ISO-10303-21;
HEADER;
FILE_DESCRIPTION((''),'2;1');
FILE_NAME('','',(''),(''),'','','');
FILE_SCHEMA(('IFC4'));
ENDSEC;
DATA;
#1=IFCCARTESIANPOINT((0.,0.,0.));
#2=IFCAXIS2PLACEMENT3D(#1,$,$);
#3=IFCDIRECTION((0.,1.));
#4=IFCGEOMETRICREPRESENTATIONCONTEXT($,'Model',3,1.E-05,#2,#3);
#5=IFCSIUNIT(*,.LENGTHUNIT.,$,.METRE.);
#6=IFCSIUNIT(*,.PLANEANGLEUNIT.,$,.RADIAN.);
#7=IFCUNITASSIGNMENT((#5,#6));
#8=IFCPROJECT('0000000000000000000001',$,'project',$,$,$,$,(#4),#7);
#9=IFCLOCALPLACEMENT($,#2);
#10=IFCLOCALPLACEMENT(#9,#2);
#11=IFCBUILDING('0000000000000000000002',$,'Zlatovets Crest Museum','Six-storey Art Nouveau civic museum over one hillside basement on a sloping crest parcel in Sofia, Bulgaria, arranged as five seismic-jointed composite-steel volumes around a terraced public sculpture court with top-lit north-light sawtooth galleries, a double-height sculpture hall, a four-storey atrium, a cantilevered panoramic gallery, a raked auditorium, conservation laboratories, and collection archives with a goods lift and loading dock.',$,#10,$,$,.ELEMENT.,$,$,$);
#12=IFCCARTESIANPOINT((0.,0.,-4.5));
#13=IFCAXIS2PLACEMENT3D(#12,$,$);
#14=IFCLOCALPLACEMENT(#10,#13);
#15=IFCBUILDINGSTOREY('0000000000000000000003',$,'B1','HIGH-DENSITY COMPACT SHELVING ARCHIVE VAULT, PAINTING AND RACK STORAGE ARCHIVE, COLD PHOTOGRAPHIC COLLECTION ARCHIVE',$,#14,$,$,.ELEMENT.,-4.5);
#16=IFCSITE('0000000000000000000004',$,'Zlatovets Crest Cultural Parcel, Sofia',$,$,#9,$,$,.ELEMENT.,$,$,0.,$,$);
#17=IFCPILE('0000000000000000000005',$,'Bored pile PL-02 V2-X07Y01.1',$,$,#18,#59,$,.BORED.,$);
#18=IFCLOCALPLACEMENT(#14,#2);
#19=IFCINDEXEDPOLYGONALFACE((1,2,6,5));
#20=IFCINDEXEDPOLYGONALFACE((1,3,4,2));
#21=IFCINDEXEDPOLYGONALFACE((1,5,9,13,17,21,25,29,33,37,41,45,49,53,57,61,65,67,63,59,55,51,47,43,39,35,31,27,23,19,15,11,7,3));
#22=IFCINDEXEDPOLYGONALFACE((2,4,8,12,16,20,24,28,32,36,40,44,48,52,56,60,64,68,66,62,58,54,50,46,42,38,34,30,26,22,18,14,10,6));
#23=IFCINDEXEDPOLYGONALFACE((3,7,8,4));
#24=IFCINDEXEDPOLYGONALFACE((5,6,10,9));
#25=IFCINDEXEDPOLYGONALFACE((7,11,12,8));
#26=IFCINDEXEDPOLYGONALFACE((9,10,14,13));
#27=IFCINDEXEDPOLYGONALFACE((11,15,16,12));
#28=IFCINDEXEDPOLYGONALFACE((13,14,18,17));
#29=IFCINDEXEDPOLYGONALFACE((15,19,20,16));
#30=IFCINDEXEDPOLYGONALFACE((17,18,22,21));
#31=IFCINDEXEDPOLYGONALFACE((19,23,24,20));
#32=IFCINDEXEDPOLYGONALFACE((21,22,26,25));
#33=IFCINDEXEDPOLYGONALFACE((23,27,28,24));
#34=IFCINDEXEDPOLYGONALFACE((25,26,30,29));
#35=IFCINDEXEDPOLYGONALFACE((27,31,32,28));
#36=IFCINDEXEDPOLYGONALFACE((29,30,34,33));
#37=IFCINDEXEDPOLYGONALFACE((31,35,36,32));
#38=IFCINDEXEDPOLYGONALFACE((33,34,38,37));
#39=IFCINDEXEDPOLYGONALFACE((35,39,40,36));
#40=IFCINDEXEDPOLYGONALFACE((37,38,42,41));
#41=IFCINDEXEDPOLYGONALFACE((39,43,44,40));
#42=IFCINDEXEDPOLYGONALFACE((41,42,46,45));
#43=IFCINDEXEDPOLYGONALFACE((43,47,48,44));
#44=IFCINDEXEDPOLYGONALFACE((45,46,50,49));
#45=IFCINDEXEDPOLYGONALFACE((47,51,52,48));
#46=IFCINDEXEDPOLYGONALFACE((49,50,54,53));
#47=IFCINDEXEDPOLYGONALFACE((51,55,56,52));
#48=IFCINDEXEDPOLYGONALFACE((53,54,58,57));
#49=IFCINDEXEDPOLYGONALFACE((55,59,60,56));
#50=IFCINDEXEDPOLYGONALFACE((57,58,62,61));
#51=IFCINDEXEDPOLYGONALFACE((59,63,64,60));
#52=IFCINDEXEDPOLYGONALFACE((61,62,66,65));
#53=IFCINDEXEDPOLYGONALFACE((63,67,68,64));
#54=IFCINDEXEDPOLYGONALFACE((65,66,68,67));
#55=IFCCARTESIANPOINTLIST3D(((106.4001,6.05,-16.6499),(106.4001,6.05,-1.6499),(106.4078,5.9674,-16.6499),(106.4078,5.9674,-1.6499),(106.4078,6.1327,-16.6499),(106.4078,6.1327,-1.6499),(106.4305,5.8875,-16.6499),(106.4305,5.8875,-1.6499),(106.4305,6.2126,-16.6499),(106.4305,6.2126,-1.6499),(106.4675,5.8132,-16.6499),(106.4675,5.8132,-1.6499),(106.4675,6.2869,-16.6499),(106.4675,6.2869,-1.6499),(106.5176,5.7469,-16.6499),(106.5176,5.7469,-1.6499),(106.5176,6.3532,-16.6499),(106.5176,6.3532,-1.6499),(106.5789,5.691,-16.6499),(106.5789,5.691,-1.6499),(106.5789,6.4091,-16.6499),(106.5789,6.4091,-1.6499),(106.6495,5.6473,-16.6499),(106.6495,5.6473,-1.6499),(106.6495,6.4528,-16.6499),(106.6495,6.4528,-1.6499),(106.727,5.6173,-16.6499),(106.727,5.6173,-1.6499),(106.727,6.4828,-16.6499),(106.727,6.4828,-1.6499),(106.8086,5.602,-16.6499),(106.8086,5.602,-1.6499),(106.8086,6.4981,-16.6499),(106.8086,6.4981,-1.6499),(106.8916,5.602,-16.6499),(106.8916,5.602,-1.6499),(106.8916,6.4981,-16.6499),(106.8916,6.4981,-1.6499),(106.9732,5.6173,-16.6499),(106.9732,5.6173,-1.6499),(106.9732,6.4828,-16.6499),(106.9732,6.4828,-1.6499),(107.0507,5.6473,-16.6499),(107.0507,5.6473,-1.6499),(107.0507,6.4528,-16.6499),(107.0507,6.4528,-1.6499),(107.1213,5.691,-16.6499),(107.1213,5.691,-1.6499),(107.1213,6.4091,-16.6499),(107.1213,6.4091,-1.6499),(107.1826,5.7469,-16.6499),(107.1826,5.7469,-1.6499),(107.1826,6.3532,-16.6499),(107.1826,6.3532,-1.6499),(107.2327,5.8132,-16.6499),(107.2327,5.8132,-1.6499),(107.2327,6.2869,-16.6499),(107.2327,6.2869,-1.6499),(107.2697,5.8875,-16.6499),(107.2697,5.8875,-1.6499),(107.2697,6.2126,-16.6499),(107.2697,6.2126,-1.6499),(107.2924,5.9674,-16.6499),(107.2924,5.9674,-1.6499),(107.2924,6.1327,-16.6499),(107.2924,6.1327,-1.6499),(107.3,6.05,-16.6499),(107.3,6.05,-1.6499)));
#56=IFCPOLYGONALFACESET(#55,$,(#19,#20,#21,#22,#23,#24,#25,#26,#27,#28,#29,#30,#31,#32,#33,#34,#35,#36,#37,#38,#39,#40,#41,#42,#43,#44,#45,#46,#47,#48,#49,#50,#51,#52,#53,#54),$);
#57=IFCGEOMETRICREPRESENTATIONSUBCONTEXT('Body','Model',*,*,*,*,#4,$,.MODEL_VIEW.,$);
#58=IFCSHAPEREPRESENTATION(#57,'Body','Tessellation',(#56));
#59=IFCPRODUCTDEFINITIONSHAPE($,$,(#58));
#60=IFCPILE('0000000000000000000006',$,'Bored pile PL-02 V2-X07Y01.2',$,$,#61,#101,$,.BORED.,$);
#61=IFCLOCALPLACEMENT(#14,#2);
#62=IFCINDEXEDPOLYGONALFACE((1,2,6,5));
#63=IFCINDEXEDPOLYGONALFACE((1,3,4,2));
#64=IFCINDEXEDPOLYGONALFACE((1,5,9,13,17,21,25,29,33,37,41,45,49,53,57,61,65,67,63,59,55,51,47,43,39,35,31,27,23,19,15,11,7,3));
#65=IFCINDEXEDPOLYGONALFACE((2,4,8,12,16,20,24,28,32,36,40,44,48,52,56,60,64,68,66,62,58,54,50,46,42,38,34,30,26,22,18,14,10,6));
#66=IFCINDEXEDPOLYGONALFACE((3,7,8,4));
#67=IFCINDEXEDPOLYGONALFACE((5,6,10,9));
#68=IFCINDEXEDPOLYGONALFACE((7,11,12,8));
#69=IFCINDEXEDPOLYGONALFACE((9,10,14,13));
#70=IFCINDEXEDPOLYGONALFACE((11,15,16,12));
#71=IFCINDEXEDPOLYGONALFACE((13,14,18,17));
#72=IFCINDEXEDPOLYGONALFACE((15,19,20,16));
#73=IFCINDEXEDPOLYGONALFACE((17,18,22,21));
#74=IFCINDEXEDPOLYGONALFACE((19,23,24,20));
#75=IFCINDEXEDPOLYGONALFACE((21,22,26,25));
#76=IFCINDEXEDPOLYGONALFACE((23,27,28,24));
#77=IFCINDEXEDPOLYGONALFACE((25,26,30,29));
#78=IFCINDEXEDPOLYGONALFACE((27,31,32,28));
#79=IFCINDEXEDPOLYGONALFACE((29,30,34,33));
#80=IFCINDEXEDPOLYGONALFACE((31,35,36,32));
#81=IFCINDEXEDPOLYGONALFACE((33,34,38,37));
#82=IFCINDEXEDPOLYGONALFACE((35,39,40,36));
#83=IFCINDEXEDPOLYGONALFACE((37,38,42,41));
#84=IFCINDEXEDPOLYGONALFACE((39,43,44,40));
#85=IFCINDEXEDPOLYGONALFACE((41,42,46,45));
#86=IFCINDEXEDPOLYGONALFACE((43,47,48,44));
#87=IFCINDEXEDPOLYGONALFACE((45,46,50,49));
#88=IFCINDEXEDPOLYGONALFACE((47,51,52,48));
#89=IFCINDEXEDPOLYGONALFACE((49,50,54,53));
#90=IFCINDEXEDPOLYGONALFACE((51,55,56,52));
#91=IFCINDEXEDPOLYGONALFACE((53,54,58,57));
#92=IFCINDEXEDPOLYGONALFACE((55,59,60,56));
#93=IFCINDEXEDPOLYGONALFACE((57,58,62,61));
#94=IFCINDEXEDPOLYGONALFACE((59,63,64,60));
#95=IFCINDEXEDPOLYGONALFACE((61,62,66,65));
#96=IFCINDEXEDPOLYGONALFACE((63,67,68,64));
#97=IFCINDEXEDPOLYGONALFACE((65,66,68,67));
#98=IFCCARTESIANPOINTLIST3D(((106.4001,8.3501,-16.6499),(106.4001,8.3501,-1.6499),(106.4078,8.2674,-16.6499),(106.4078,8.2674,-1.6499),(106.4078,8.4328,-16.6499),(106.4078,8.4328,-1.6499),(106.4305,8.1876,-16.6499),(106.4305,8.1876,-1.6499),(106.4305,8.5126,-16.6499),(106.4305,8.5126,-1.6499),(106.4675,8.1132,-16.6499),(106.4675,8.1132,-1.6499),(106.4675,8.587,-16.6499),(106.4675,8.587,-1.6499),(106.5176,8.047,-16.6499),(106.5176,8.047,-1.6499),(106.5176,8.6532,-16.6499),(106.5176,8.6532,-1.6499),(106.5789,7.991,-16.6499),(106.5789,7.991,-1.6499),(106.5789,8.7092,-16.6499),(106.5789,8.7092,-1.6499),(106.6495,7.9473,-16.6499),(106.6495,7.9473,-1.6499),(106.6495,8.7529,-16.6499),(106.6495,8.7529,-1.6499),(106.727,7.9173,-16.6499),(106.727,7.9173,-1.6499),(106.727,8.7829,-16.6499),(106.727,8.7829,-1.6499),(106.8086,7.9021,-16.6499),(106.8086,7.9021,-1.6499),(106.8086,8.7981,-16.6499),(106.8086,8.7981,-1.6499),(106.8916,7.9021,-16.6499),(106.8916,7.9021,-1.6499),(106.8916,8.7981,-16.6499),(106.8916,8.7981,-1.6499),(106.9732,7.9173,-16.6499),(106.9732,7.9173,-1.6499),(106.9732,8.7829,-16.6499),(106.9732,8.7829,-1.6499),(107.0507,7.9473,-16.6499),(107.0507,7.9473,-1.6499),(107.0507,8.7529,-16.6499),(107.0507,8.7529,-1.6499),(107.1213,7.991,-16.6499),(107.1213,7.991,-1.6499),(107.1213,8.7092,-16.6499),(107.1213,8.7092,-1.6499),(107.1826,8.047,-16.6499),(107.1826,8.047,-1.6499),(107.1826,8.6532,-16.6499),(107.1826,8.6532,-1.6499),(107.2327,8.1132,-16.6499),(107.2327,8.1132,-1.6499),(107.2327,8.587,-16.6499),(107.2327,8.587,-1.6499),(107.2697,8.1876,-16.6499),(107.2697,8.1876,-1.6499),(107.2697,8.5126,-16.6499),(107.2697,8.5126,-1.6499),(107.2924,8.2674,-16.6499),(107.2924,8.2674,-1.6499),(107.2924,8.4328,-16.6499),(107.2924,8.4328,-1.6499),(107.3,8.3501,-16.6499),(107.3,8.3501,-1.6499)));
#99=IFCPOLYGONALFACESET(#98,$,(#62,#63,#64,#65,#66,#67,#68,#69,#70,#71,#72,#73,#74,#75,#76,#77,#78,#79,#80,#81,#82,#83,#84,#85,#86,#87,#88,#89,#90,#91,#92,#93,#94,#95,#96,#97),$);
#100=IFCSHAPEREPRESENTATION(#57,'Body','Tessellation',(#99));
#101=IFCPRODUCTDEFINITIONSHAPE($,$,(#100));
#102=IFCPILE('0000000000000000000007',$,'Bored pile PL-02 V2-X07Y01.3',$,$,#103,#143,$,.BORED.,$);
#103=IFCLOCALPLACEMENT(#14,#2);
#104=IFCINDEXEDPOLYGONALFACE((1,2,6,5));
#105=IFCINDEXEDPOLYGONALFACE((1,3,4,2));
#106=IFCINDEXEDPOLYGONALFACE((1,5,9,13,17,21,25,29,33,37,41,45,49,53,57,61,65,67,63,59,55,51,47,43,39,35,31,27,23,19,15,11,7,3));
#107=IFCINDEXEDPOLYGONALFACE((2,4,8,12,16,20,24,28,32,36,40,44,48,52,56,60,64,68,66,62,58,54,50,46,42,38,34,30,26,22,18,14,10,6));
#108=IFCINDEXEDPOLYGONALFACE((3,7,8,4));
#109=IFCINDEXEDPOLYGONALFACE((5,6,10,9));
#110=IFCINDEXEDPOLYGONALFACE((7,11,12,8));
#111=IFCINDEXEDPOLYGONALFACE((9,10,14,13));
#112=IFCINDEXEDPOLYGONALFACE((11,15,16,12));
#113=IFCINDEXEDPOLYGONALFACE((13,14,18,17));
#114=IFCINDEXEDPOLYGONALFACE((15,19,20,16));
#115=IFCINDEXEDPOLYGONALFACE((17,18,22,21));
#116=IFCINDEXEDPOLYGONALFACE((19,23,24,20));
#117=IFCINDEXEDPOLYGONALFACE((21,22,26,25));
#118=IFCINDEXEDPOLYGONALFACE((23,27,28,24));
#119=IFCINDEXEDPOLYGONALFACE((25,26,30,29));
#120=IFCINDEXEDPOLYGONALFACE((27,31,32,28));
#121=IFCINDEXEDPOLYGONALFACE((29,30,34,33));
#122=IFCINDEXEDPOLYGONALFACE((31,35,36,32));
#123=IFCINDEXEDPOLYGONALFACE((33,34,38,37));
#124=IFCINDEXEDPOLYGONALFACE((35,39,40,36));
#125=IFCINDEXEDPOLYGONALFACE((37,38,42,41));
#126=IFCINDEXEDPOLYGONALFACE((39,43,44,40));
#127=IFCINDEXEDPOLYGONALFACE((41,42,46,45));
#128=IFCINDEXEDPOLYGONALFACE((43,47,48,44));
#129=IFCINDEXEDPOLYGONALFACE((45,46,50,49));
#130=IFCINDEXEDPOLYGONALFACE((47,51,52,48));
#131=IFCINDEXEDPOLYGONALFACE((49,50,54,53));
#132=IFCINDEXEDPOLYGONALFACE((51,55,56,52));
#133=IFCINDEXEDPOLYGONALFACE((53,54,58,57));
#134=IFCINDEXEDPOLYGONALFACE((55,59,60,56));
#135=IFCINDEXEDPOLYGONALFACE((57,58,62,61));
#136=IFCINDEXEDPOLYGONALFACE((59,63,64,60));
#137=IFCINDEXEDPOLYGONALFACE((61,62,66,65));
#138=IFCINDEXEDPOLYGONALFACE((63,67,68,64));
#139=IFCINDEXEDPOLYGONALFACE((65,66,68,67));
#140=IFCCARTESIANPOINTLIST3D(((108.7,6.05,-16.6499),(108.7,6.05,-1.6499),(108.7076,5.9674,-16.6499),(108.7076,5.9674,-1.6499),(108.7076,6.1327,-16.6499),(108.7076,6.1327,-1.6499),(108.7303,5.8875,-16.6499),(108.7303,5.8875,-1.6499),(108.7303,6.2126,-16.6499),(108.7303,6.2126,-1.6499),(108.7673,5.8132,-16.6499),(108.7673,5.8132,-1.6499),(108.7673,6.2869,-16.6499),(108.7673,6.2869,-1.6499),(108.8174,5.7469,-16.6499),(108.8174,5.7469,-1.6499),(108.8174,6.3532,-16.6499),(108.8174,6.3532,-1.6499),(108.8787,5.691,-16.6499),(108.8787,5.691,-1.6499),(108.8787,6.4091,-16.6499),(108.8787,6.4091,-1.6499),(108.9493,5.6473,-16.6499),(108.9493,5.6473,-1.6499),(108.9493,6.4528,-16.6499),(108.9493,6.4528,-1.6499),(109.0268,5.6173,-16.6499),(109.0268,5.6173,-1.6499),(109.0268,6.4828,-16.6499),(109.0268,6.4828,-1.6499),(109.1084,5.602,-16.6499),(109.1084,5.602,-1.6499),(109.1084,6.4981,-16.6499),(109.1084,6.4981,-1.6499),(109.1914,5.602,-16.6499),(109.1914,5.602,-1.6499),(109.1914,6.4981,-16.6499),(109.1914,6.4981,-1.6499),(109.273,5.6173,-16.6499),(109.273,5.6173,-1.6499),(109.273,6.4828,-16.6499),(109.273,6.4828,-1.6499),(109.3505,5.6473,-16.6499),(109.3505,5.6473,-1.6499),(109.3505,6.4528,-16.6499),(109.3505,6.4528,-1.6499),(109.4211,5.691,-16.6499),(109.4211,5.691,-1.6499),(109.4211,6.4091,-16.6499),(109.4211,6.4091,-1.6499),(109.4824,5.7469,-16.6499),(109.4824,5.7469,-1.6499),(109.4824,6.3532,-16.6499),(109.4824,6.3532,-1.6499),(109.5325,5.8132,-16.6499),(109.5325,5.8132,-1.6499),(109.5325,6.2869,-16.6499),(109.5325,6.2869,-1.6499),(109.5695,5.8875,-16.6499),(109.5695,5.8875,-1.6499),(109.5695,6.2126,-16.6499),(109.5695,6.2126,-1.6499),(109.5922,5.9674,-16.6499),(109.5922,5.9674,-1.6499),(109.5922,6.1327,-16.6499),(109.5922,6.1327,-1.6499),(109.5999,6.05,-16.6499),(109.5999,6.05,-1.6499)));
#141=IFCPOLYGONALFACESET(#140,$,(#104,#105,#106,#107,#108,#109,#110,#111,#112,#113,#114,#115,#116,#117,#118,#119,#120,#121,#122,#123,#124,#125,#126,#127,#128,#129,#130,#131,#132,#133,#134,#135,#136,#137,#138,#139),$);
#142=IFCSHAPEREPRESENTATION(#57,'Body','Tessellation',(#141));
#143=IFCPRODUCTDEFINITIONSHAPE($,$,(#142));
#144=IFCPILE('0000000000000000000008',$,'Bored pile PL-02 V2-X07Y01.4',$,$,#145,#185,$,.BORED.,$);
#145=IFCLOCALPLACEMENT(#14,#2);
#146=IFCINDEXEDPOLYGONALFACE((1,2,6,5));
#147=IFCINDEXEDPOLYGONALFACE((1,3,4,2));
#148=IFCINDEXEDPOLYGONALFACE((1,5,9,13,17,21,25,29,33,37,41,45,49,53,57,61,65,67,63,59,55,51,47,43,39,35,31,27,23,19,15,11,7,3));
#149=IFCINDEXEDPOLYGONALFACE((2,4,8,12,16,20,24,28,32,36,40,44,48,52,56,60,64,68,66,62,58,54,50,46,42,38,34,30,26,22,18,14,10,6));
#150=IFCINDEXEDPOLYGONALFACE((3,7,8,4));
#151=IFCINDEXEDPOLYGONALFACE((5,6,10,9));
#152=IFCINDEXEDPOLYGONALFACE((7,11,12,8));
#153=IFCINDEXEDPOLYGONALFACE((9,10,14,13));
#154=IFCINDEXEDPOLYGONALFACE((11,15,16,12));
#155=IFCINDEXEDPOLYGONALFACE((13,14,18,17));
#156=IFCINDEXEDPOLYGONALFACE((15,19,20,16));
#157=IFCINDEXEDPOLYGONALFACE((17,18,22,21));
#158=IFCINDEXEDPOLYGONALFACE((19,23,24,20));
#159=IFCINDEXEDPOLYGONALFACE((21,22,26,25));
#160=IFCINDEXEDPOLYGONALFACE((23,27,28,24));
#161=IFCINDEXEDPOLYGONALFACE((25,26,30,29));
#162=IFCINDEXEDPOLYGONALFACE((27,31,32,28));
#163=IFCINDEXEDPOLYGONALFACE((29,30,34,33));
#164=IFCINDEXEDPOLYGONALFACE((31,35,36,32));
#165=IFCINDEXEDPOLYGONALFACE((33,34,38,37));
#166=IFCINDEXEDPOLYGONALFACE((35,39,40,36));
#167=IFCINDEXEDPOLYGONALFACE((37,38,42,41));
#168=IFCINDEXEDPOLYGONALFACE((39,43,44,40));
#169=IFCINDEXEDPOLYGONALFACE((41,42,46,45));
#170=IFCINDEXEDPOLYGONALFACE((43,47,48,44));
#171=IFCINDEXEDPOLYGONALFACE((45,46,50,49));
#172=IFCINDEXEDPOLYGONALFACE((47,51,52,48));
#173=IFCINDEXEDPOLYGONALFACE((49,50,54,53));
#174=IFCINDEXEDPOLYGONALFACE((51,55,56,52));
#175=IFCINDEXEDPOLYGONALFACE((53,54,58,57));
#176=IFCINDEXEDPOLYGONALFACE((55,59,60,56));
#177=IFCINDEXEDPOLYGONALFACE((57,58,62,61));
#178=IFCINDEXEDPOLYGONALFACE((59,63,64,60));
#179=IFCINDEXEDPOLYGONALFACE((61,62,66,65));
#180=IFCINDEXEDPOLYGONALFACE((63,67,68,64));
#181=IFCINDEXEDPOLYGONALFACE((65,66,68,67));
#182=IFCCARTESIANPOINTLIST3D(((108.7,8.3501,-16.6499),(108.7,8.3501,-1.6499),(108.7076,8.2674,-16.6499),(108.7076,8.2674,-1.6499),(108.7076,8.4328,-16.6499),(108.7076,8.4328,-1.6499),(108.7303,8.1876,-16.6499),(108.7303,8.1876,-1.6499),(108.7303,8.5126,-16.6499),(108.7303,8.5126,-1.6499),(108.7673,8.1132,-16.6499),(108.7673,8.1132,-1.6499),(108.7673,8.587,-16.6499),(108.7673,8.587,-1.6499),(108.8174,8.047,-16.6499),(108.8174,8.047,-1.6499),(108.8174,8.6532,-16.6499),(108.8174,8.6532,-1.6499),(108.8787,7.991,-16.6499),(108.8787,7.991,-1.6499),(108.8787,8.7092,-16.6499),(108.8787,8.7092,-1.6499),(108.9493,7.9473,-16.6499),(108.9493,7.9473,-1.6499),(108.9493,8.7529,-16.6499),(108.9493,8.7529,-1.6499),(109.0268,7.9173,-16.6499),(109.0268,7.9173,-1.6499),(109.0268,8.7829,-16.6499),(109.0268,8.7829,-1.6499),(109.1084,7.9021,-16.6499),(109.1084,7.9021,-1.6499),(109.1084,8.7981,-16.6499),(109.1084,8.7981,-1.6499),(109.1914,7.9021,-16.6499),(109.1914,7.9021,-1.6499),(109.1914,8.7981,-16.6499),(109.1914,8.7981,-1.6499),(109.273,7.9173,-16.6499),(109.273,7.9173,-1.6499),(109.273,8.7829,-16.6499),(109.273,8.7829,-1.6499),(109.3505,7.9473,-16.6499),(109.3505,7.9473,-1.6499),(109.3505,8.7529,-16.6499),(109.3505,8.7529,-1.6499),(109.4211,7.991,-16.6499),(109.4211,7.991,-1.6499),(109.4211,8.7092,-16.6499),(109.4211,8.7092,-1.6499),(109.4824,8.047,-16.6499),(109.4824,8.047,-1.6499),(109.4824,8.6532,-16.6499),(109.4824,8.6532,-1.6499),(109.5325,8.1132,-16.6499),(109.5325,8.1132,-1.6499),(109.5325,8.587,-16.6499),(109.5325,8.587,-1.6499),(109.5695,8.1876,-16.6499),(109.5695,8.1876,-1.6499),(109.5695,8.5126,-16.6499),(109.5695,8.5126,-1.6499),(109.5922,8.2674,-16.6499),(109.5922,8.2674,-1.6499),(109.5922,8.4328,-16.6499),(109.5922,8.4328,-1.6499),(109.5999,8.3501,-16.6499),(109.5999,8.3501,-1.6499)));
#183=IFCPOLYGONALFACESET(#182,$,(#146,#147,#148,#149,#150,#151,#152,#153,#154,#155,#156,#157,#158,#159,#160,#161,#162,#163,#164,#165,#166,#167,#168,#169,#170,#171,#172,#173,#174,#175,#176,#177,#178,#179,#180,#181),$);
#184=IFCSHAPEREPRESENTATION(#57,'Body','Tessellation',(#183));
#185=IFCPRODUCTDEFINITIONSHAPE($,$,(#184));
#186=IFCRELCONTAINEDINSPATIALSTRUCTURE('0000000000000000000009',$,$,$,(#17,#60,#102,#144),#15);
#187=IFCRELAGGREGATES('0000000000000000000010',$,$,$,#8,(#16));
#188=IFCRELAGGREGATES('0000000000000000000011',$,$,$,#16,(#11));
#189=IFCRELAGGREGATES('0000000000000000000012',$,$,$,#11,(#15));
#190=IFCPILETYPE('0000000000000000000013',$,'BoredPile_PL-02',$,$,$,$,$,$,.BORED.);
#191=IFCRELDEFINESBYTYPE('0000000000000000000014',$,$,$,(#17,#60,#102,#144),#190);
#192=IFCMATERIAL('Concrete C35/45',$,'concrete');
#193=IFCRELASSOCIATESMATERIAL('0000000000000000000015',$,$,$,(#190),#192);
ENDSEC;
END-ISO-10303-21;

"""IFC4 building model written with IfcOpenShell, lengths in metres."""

from ifc_helpers import new_model, si_unit, direction, frame, origin, origin_2d, place, context, subcontext, project, spatial, circle, extrude, material, material_profile, profile_set, type_object, element, save


model = new_model("IFC4")

# Units and contexts
model_context = context("Model", 3, precision=1e-05, world=origin(), true_north=direction((0.0, 1.0)))
body_context = subcontext(model_context, "Body", "Model", "MODEL_VIEW")
ifc_project = project(units=[si_unit("LENGTHUNIT", "METRE"), si_unit("PLANEANGLEUNIT", "RADIAN")], contexts=[model_context])

# Site, building, storey
site_placement = place(None, origin())
site = spatial("IfcSite", under=ifc_project, at=site_placement, Name="Zlatovets Crest Cultural Parcel, Sofia", CompositionType="ELEMENT", RefElevation=0.0)
building_placement = place(site_placement, origin())
building = spatial("IfcBuilding", under=site, at=building_placement, Name="Zlatovets Crest Museum", Description="Six-storey Art Nouveau civic museum over one hillside basement on a sloping crest parcel in Sofia, Bulgaria, arranged as five seismic-jointed composite-steel volumes around a terraced public sculpture court with top-lit north-light sawtooth galleries, a double-height sculpture hall, a four-storey atrium, a cantilevered panoramic gallery, a raked auditorium, conservation laboratories, and collection archives with a goods lift and loading dock.", CompositionType="ELEMENT")
storey_placement = place(building_placement, frame((0.0, 0.0, -4.5)))
storey = spatial("IfcBuildingStorey", under=building, at=storey_placement, Name="B1", Description="HIGH-DENSITY COMPACT SHELVING ARCHIVE VAULT, PAINTING AND RACK STORAGE ARCHIVE, COLD PHOTOGRAPHIC COLLECTION ARCHIVE", CompositionType="ELEMENT", Elevation=-4.5)

# Piles
ifc_material_1 = material(Name="Concrete C35/45", Category="concrete")
ifc_material_profile_1 = material_profile(ifc_material_1, circle(Radius=0.45, at=origin_2d()), Name="PILE D900")
ifc_profile_set_1 = profile_set([ifc_material_profile_1], Name="Concrete C35/45")
pile_type_1 = type_object("IfcPileType", Name="BoredPile_PL-02", PredefinedType="BORED", material=ifc_profile_set_1)
for number, where, z_axis, x_axis, name in (
    (1, (106.8501, 6.05, -1.6499), (0.0, 0.0, -1.0), (1.0, 0.0, 0.0), "Bored pile PL-02 V2-X07Y01.1"),
    (2, (106.8501, 8.3501, -1.6499), (0.0, 0.0, -1.0), (1.0, 0.0, 0.0), "Bored pile PL-02 V2-X07Y01.2"),
    (3, (109.1499, 6.05, -1.6499), (0.0, 0.0, -1.0), (1.0, 0.0, 0.0), "Bored pile PL-02 V2-X07Y01.3"),
    (4, (109.1499, 8.3501, -1.6499), (0.0, 0.0, -1.0), (1.0, 0.0, 0.0), "Bored pile PL-02 V2-X07Y01.4"),
):
    element("IfcPile", number, at=place(storey_placement, frame(where, z_axis=z_axis, x_axis=x_axis)), inside=storey, type_object=pile_type_1, Name=name, PredefinedType="BORED", context=body_context, shape_type="SweptSolid", body=[
        extrude(circle(Radius=0.45, at=origin_2d()), origin(), (0.0, 0.0, 1.0), 15.0),
    ])

save(model, "model.ifc")
